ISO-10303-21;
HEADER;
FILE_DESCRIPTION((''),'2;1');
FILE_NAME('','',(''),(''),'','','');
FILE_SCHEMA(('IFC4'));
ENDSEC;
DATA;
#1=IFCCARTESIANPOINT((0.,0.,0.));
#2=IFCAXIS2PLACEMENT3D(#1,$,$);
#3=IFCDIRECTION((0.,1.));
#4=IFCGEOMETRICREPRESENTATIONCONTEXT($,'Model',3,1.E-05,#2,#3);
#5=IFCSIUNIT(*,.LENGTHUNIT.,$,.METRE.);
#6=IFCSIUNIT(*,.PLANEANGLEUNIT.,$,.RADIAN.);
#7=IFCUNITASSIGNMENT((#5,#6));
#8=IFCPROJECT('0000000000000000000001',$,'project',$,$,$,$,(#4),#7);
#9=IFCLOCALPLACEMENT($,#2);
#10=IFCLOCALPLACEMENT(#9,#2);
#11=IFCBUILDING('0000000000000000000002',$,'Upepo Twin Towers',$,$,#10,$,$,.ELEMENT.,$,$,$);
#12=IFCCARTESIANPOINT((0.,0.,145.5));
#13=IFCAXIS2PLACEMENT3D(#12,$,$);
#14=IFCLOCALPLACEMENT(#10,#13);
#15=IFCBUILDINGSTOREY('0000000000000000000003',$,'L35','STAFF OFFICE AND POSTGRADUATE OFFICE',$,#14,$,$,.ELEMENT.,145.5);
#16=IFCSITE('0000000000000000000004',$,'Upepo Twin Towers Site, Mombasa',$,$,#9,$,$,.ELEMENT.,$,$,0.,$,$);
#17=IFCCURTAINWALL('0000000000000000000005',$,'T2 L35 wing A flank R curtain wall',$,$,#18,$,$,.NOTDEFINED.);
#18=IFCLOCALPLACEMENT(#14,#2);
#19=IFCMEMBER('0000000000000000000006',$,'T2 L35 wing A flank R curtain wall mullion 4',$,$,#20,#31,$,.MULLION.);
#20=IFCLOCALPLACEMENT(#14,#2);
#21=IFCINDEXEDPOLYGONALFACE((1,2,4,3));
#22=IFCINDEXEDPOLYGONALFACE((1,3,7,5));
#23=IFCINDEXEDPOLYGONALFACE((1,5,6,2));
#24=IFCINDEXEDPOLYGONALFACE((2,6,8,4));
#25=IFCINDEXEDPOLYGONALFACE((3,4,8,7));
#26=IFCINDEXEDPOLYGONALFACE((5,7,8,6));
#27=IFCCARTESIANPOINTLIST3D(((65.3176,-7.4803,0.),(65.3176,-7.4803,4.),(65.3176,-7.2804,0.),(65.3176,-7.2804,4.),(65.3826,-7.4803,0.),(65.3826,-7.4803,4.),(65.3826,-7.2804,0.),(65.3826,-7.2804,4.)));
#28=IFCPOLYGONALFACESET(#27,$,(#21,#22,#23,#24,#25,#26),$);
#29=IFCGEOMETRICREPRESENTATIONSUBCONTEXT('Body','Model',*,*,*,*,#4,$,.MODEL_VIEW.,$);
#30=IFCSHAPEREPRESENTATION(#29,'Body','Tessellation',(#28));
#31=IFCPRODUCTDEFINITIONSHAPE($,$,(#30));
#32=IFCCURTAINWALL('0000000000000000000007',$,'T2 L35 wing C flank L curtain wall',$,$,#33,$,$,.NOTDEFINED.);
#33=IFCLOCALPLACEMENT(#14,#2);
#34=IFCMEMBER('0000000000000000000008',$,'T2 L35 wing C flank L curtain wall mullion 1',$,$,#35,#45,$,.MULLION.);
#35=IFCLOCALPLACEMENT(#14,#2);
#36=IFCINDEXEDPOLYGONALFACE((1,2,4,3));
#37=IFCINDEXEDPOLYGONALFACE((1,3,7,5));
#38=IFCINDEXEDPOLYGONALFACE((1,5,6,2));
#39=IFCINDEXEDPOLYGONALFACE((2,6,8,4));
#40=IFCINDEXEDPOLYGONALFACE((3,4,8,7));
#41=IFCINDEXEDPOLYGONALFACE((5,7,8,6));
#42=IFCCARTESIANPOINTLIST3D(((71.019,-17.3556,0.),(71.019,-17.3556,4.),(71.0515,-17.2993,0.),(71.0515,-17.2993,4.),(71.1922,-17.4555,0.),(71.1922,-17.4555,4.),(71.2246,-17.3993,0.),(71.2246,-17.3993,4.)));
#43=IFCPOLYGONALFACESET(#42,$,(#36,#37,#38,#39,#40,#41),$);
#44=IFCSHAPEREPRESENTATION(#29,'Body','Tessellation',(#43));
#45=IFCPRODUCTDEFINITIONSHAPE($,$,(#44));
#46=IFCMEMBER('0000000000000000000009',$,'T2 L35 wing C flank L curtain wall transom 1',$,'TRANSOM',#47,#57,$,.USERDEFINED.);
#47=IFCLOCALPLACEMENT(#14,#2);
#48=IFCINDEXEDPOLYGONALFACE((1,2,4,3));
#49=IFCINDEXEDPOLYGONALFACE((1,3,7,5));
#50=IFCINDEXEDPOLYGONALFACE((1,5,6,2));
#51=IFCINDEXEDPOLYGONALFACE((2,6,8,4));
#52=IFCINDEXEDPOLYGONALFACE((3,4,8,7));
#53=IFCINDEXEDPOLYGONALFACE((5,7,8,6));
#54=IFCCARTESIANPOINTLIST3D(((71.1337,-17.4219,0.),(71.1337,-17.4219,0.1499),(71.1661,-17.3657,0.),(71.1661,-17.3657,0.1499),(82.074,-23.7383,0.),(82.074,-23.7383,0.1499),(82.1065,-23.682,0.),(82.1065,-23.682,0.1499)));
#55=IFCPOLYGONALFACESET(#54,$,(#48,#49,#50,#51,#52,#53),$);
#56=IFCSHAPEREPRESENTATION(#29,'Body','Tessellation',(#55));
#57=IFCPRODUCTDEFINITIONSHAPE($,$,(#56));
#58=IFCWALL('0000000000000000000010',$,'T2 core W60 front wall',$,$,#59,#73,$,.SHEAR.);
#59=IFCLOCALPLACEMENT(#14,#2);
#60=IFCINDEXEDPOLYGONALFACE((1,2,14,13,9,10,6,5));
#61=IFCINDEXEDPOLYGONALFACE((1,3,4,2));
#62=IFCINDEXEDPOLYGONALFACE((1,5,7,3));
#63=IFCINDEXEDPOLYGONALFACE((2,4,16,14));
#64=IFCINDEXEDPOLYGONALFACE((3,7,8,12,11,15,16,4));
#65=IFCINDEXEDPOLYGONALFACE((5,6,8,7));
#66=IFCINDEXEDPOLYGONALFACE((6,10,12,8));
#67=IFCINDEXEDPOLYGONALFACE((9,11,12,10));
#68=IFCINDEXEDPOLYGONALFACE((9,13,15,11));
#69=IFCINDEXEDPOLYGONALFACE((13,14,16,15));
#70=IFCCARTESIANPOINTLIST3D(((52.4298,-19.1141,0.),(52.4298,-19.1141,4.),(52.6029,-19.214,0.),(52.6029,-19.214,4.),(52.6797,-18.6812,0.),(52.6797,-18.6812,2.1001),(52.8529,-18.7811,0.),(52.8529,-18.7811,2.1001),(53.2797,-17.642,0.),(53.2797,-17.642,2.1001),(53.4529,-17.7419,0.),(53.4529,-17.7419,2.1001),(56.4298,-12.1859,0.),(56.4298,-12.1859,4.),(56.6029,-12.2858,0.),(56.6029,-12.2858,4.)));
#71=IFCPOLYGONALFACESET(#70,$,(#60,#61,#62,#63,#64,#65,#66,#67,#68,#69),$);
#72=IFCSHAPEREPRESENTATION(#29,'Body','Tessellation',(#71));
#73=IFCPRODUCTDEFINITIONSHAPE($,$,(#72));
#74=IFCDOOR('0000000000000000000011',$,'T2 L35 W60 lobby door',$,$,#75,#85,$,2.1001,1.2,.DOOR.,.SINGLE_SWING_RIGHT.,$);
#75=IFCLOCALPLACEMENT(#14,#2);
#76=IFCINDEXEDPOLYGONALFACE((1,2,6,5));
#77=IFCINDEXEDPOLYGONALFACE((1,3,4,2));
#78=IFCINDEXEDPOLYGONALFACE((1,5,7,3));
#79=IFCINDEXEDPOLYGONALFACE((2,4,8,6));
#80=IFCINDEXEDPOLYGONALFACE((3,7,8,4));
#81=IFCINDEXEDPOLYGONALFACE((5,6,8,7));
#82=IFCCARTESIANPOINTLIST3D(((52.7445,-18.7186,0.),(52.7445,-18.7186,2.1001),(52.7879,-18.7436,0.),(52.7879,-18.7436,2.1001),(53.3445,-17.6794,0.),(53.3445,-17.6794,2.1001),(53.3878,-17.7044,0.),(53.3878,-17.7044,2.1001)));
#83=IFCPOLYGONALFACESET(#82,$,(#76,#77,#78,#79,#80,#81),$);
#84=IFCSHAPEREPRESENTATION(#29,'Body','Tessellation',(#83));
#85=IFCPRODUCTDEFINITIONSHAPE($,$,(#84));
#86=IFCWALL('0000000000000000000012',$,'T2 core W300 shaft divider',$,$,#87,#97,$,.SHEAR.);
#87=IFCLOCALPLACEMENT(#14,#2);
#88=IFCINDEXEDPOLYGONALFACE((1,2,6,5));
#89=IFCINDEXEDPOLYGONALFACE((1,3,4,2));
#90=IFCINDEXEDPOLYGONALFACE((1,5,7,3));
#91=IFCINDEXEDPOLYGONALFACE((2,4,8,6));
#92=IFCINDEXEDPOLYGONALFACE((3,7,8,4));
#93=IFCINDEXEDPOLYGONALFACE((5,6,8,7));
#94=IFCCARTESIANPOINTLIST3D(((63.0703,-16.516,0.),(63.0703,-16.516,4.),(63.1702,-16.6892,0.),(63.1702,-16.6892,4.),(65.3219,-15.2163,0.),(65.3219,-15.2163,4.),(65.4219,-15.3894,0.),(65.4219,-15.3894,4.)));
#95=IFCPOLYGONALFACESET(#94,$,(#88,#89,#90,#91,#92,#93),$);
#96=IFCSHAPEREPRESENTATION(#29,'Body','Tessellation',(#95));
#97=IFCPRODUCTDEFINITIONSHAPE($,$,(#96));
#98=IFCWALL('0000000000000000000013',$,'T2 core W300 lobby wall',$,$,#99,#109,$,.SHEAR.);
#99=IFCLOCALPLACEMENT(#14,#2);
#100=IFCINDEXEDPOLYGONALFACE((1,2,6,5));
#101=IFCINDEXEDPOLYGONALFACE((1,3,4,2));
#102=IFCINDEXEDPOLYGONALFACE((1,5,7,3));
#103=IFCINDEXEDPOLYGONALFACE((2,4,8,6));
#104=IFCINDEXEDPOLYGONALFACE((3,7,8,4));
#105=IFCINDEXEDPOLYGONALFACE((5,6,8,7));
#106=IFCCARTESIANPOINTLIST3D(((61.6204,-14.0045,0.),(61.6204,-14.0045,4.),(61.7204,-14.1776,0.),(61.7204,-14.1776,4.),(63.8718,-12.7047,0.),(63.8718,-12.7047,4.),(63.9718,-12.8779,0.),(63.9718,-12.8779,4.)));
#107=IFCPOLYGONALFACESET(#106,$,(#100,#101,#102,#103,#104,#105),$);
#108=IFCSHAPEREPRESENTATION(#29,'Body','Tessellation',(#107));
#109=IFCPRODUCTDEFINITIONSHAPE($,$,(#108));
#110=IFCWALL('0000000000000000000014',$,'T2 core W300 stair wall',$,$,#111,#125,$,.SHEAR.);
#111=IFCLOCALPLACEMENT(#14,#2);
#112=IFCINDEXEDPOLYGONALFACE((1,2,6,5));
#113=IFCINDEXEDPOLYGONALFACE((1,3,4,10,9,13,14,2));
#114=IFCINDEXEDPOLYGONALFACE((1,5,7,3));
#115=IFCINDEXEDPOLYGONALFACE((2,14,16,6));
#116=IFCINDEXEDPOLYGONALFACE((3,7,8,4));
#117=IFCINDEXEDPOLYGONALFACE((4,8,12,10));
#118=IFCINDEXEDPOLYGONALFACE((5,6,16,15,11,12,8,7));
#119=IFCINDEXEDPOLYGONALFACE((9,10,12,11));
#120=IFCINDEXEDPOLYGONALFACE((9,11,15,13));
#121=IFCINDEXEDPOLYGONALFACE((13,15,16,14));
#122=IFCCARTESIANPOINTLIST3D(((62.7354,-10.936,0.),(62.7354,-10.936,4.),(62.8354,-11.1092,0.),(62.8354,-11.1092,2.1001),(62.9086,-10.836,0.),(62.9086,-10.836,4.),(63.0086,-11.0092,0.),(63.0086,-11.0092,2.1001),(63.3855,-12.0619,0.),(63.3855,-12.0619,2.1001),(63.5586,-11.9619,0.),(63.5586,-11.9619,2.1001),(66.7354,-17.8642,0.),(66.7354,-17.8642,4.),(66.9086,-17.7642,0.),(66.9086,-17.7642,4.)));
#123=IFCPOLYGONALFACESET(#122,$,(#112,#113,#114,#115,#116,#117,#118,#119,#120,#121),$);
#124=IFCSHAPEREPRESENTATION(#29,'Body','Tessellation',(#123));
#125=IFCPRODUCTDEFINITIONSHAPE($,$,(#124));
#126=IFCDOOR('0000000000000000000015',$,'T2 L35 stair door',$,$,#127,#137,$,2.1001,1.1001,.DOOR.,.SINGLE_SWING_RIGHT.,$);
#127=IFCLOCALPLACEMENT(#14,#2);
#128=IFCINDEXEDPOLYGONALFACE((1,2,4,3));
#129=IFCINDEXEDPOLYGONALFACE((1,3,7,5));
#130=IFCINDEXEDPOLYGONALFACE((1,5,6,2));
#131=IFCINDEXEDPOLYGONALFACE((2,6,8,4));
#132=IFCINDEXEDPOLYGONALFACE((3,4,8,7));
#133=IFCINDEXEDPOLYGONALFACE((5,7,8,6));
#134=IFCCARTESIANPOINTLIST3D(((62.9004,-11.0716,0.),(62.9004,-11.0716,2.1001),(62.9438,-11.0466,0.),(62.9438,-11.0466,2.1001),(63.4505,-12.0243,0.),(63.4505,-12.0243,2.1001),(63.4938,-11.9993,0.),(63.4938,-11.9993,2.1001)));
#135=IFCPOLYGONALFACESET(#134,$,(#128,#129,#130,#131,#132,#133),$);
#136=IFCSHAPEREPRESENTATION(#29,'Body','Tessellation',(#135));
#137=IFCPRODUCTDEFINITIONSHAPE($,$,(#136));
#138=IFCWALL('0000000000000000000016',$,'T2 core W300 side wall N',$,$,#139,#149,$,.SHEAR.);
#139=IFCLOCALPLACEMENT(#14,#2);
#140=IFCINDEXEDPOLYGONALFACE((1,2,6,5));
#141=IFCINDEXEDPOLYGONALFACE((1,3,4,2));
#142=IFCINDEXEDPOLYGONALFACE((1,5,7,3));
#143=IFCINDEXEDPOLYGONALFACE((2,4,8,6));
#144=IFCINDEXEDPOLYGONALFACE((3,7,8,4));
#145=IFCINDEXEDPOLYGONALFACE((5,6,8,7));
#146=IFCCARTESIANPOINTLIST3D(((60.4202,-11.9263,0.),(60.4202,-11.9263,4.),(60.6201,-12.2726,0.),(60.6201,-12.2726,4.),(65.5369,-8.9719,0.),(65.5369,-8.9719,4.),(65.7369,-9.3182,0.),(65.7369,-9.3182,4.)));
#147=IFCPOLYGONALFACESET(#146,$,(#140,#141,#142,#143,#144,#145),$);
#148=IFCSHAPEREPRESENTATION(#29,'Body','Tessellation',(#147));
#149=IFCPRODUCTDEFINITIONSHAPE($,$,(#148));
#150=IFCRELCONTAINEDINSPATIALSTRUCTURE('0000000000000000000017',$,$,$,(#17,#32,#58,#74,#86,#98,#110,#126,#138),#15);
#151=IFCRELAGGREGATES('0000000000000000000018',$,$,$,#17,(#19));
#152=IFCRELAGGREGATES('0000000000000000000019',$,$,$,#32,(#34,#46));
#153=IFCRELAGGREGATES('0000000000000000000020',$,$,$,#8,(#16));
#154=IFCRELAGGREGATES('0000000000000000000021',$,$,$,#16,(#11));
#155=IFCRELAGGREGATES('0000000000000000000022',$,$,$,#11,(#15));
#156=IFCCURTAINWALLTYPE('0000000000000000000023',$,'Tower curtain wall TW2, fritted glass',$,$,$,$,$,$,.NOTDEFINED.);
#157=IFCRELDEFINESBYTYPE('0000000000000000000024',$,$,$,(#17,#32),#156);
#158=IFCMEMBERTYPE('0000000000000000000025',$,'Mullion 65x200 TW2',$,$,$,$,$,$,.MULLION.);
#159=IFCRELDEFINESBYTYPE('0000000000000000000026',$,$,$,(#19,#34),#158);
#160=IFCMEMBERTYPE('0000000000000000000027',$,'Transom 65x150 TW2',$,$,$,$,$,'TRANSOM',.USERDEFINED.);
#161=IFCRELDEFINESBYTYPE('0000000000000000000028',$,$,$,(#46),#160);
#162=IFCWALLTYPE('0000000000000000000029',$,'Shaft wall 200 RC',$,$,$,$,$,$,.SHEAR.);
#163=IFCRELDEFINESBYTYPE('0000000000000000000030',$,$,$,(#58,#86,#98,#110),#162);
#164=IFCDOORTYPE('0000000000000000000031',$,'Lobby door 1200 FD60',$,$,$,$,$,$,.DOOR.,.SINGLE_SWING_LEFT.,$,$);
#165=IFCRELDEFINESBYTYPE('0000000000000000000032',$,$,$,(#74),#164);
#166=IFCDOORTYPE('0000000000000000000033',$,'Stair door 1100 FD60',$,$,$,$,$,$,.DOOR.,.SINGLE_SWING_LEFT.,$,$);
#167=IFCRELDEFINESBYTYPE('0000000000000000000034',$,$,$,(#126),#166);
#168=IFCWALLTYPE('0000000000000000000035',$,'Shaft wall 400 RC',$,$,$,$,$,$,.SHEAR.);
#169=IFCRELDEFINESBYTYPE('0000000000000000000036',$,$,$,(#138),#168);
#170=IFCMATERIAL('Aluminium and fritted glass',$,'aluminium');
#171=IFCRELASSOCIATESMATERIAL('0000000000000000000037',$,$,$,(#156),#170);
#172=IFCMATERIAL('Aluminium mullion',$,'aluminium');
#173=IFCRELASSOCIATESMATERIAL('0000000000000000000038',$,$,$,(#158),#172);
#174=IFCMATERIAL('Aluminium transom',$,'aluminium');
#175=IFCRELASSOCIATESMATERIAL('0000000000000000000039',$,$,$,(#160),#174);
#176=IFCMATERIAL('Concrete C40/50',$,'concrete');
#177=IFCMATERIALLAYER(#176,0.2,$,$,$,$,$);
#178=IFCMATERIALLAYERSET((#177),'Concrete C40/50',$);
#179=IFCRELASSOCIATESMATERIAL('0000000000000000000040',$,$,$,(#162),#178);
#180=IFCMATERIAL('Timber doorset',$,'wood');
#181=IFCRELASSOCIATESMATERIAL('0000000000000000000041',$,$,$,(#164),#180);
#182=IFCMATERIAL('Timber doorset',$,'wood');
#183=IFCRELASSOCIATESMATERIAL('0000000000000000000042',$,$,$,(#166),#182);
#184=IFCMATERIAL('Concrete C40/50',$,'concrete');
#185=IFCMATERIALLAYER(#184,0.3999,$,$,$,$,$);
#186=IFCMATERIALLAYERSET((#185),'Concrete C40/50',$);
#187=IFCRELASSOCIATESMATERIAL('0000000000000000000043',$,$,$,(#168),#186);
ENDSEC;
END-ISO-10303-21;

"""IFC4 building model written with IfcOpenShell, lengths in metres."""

from ifc_helpers import new_model, si_unit, direction, frame, frame_2d, origin, origin_2d, place, context, subcontext, project, spatial, rectangle, extrude, material, layer, layer_set, material_profile, profile_set, type_object, element, fill, aggregate, save


model = new_model("IFC4")

# Units and contexts
model_context = context("Model", 3, precision=1e-05, world=origin(), true_north=direction((0.0, 1.0)))
body_context = subcontext(model_context, "Body", "Model", "MODEL_VIEW")
ifc_project = project(units=[si_unit("LENGTHUNIT", "METRE"), si_unit("PLANEANGLEUNIT", "RADIAN")], contexts=[model_context])

# Site, building, storey
site_placement = place(None, origin())
site = spatial("IfcSite", under=ifc_project, at=site_placement, Name="Upepo Twin Towers Site, Mombasa", CompositionType="ELEMENT", RefElevation=0.0)
building_placement = place(site_placement, origin())
building = spatial("IfcBuilding", under=site, at=building_placement, Name="Upepo Twin Towers", CompositionType="ELEMENT")
storey_placement = place(building_placement, frame((0.0, 0.0, 145.5)))
storey = spatial("IfcBuildingStorey", under=building, at=storey_placement, Name="L35", Description="STAFF OFFICE AND POSTGRADUATE OFFICE", CompositionType="ELEMENT", Elevation=145.5)

# Curtain wall, member
ifc_material_1 = material(Name="Aluminium and fritted glass", Category="aluminium")
curtain_wall_type = type_object("IfcCurtainWallType", Name="Tower curtain wall TW2, fritted glass", PredefinedType="NOTDEFINED", material=ifc_material_1)
curtain_wall_1_placement = place(storey_placement, origin())
curtain_wall_1 = element("IfcCurtainWall", 1, at=curtain_wall_1_placement, inside=storey, type_object=curtain_wall_type, Name="T2 L35 wing A flank R curtain wall", PredefinedType="NOTDEFINED")
ifc_material_2 = material(Name="Aluminium mullion", Category="aluminium")
ifc_material_profile_1 = material_profile(ifc_material_2, rectangle(XDim=0.0649, YDim=0.2, at=origin_2d()), Name="MULLION 65x200")
ifc_profile_set_1 = profile_set([ifc_material_profile_1], Name="Aluminium mullion")
member_type_1 = type_object("IfcMemberType", Name="Mullion 65x200 TW2", PredefinedType="MULLION", material=ifc_profile_set_1)
member_1_placement = place(storey_placement, frame((65.3501, -7.3804, 0.0), z_axis=(0.0, 0.0, 1.0), x_axis=(1.0, 0.0, 0.0)))
member_1 = element("IfcMember", 2, at=member_1_placement, type_object=member_type_1, Name="T2 L35 wing A flank R curtain wall mullion 4", PredefinedType="MULLION", context=body_context, shape_type="SweptSolid", body=[
    extrude(rectangle(XDim=0.0649, YDim=0.2, at=origin_2d()), origin(), (0.0, 0.0, 1.0), 4.0),
])
aggregate(curtain_wall_1, [member_1])

# Curtain wall, members
curtain_wall_2_placement = place(storey_placement, origin())
curtain_wall_2 = element("IfcCurtainWall", 3, at=curtain_wall_2_placement, inside=storey, type_object=curtain_wall_type, Name="T2 L35 wing C flank L curtain wall", PredefinedType="NOTDEFINED")
member_2_placement = place(storey_placement, frame((71.1218, -17.3774, 0.0), z_axis=(0.0, 0.0, 1.0), x_axis=(0.5, 0.866025, 0.0)))
member_2 = element("IfcMember", 4, at=member_2_placement, type_object=member_type_1, Name="T2 L35 wing C flank L curtain wall mullion 1", PredefinedType="MULLION", context=body_context, shape_type="SweptSolid", body=[
    extrude(rectangle(XDim=0.0649, YDim=0.2, at=origin_2d()), origin(), (0.0, 0.0, 1.0), 4.0),
])
ifc_material_3 = material(Name="Aluminium transom", Category="aluminium")
ifc_material_profile_2 = material_profile(ifc_material_3, rectangle(XDim=0.0649, YDim=0.1499, at=origin_2d()), Name="TRANSOM 65x150")
ifc_profile_set_2 = profile_set([ifc_material_profile_2], Name="Aluminium transom")
member_type_2 = type_object("IfcMemberType", Name="Transom 65x150 TW2", ElementType="TRANSOM", PredefinedType="USERDEFINED", material=ifc_profile_set_2)
member_3_placement = place(storey_placement, frame((71.1499, -17.3938, 0.075), z_axis=(0.866027, -0.499997, 0.0), x_axis=(0.499997, 0.866027, 0.0)))
member_3 = element("IfcMember", 5, at=member_3_placement, type_object=member_type_2, Name="T2 L35 wing C flank L curtain wall transom 1", ObjectType="TRANSOM", PredefinedType="USERDEFINED", context=body_context, shape_type="SweptSolid", body=[
    extrude(rectangle(XDim=0.0649, YDim=0.1499, at=origin_2d()), origin(), (0.0, 0.0, 1.0), 12.6328),
])
aggregate(curtain_wall_2, [member_2, member_3])

# Wall, opening, door
ifc_material_4 = material(Name="Concrete C40/50", Category="concrete")
ifc_layer_1 = layer(ifc_material_4, 0.2)
ifc_layer_set_1 = layer_set([ifc_layer_1], Name="Concrete C40/50")
wall_type_1 = type_object("IfcWallType", Name="Shaft wall 200 RC", PredefinedType="SHEAR", material=ifc_layer_set_1)
wall_1_placement = place(storey_placement, frame((56.5164, -12.2358, 0.0), z_axis=(0.0, 0.0, 1.0), x_axis=(-0.499999, -0.866026, 0.0)))
wall_1 = element("IfcWall", 6, at=wall_1_placement, inside=storey, type_object=wall_type_1, Name="T2 core W60 front wall", PredefinedType="SHEAR", context=body_context, shape_type="SweptSolid", body=[
    extrude(rectangle(XDim=8.0, YDim=0.2, at=frame_2d((4.0, 0.0))), origin(), (0.0, 0.0, 1.0), 4.0),
])
opening_1_placement = place(wall_1_placement, frame((6.3, 0.0, 0.0)))
opening_1 = element("IfcOpeningElement", 7, at=opening_1_placement, cuts=wall_1, PredefinedType="OPENING", context=body_context, shape_type="SweptSolid", body=[
    extrude(rectangle(XDim=1.2, YDim=2.1001, at=frame_2d((0.6001, 1.05))), frame((0.0, 0.1099, 0.0), z_axis=(0.0, -1.0, 0.0), x_axis=(1.0, 0.0, 0.0)), (0.0, 0.0, 1.0), 0.22),
])
ifc_material_5 = material(Name="Timber doorset", Category="wood")
door_type_1 = type_object("IfcDoorType", Name="Lobby door 1200 FD60", OperationType="SINGLE_SWING_LEFT", PredefinedType="DOOR", material=ifc_material_5)
door_1_placement = place(opening_1_placement, origin())
door_1 = element("IfcDoor", 8, at=door_1_placement, inside=storey, type_object=door_type_1, Name="T2 L35 W60 lobby door", OperationType="SINGLE_SWING_RIGHT", OverallHeight=2.1001, OverallWidth=1.2, PredefinedType="DOOR", context=body_context, shape_type="SweptSolid", body=[
    extrude(rectangle(XDim=1.2, YDim=2.1001, at=frame_2d((0.6001, 1.05))), frame((0.0, 0.0249, 0.0), z_axis=(0.0, -1.0, 0.0), x_axis=(1.0, 0.0, 0.0)), (0.0, 0.0, 1.0), 0.05),
])
fill(opening_1, door_1)

# Walls
wall_2_placement = place(storey_placement, frame((63.1204, -16.6025, 0.0), z_axis=(0.0, 0.0, 1.0), x_axis=(0.866062, 0.499937, 0.0)))
element("IfcWall", 9, at=wall_2_placement, inside=storey, type_object=wall_type_1, Name="T2 core W300 shaft divider", PredefinedType="SHEAR", context=body_context, shape_type="SweptSolid", body=[
    extrude(rectangle(XDim=2.5999, YDim=0.2, at=frame_2d((1.2998, 0.0))), origin(), (0.0, 0.0, 1.0), 4.0),
])
wall_3_placement = place(storey_placement, frame((61.6704, -14.0911, 0.0), z_axis=(0.0, 0.0, 1.0), x_axis=(0.866039, 0.499977, 0.0)))
element("IfcWall", 10, at=wall_3_placement, inside=storey, type_object=wall_type_1, Name="T2 core W300 lobby wall", PredefinedType="SHEAR", context=body_context, shape_type="SweptSolid", body=[
    extrude(rectangle(XDim=2.5996, YDim=0.2, at=frame_2d((1.2998, 0.0))), origin(), (0.0, 0.0, 1.0), 4.0),
])

# Wall, opening, door
wall_4_placement = place(storey_placement, frame((66.822, -17.8142, 0.0), z_axis=(0.0, 0.0, 1.0), x_axis=(-0.499999, 0.866026, 0.0)))
wall_4 = element("IfcWall", 11, at=wall_4_placement, inside=storey, type_object=wall_type_1, Name="T2 core W300 stair wall", PredefinedType="SHEAR", context=body_context, shape_type="SweptSolid", body=[
    extrude(rectangle(XDim=8.0, YDim=0.2, at=frame_2d((4.0, 0.0))), origin(), (0.0, 0.0, 1.0), 4.0),
])
opening_2_placement = place(wall_4_placement, frame((6.7, 0.0, 0.0)))
opening_2 = element("IfcOpeningElement", 12, at=opening_2_placement, cuts=wall_4, PredefinedType="OPENING", context=body_context, shape_type="SweptSolid", body=[
    extrude(rectangle(XDim=1.1001, YDim=2.1001, at=frame_2d((0.55, 1.05))), frame((0.0, 0.1099, 0.0), z_axis=(0.0, -1.0, 0.0), x_axis=(1.0, 0.0, 0.0)), (0.0, 0.0, 1.0), 0.22),
])
ifc_material_6 = material(Name="Timber doorset", Category="wood")
door_type_2 = type_object("IfcDoorType", Name="Stair door 1100 FD60", OperationType="SINGLE_SWING_LEFT", PredefinedType="DOOR", material=ifc_material_6)
door_2_placement = place(opening_2_placement, origin())
door_2 = element("IfcDoor", 13, at=door_2_placement, inside=storey, type_object=door_type_2, Name="T2 L35 stair door", OperationType="SINGLE_SWING_RIGHT", OverallHeight=2.1001, OverallWidth=1.1001, PredefinedType="DOOR", context=body_context, shape_type="SweptSolid", body=[
    extrude(rectangle(XDim=1.1001, YDim=2.1001, at=frame_2d((0.55, 1.05))), frame((0.0, 0.0249, 0.0), z_axis=(0.0, -1.0, 0.0), x_axis=(1.0, 0.0, 0.0)), (0.0, 0.0, 1.0), 0.05),
])
fill(opening_2, door_2)

# Wall
ifc_material_7 = material(Name="Concrete C40/50", Category="concrete")
ifc_layer_2 = layer(ifc_material_7, 0.3999)
ifc_layer_set_2 = layer_set([ifc_layer_2], Name="Concrete C40/50")
wall_type_2 = type_object("IfcWallType", Name="Shaft wall 400 RC", PredefinedType="SHEAR", material=ifc_layer_set_2)
wall_5_placement = place(storey_placement, frame((60.5203, -12.0994, 0.0), z_axis=(0.0, 0.0, 1.0), x_axis=(0.866009, 0.500028, 0.0)))
element("IfcWall", 14, at=wall_5_placement, inside=storey, type_object=wall_type_2, Name="T2 core W300 side wall N", PredefinedType="SHEAR", context=body_context, shape_type="SweptSolid", body=[
    extrude(rectangle(XDim=5.9084, YDim=0.3999, at=frame_2d((2.9541, 0.0))), origin(), (0.0, 0.0, 1.0), 4.0),
])

save(model, "model.ifc")
